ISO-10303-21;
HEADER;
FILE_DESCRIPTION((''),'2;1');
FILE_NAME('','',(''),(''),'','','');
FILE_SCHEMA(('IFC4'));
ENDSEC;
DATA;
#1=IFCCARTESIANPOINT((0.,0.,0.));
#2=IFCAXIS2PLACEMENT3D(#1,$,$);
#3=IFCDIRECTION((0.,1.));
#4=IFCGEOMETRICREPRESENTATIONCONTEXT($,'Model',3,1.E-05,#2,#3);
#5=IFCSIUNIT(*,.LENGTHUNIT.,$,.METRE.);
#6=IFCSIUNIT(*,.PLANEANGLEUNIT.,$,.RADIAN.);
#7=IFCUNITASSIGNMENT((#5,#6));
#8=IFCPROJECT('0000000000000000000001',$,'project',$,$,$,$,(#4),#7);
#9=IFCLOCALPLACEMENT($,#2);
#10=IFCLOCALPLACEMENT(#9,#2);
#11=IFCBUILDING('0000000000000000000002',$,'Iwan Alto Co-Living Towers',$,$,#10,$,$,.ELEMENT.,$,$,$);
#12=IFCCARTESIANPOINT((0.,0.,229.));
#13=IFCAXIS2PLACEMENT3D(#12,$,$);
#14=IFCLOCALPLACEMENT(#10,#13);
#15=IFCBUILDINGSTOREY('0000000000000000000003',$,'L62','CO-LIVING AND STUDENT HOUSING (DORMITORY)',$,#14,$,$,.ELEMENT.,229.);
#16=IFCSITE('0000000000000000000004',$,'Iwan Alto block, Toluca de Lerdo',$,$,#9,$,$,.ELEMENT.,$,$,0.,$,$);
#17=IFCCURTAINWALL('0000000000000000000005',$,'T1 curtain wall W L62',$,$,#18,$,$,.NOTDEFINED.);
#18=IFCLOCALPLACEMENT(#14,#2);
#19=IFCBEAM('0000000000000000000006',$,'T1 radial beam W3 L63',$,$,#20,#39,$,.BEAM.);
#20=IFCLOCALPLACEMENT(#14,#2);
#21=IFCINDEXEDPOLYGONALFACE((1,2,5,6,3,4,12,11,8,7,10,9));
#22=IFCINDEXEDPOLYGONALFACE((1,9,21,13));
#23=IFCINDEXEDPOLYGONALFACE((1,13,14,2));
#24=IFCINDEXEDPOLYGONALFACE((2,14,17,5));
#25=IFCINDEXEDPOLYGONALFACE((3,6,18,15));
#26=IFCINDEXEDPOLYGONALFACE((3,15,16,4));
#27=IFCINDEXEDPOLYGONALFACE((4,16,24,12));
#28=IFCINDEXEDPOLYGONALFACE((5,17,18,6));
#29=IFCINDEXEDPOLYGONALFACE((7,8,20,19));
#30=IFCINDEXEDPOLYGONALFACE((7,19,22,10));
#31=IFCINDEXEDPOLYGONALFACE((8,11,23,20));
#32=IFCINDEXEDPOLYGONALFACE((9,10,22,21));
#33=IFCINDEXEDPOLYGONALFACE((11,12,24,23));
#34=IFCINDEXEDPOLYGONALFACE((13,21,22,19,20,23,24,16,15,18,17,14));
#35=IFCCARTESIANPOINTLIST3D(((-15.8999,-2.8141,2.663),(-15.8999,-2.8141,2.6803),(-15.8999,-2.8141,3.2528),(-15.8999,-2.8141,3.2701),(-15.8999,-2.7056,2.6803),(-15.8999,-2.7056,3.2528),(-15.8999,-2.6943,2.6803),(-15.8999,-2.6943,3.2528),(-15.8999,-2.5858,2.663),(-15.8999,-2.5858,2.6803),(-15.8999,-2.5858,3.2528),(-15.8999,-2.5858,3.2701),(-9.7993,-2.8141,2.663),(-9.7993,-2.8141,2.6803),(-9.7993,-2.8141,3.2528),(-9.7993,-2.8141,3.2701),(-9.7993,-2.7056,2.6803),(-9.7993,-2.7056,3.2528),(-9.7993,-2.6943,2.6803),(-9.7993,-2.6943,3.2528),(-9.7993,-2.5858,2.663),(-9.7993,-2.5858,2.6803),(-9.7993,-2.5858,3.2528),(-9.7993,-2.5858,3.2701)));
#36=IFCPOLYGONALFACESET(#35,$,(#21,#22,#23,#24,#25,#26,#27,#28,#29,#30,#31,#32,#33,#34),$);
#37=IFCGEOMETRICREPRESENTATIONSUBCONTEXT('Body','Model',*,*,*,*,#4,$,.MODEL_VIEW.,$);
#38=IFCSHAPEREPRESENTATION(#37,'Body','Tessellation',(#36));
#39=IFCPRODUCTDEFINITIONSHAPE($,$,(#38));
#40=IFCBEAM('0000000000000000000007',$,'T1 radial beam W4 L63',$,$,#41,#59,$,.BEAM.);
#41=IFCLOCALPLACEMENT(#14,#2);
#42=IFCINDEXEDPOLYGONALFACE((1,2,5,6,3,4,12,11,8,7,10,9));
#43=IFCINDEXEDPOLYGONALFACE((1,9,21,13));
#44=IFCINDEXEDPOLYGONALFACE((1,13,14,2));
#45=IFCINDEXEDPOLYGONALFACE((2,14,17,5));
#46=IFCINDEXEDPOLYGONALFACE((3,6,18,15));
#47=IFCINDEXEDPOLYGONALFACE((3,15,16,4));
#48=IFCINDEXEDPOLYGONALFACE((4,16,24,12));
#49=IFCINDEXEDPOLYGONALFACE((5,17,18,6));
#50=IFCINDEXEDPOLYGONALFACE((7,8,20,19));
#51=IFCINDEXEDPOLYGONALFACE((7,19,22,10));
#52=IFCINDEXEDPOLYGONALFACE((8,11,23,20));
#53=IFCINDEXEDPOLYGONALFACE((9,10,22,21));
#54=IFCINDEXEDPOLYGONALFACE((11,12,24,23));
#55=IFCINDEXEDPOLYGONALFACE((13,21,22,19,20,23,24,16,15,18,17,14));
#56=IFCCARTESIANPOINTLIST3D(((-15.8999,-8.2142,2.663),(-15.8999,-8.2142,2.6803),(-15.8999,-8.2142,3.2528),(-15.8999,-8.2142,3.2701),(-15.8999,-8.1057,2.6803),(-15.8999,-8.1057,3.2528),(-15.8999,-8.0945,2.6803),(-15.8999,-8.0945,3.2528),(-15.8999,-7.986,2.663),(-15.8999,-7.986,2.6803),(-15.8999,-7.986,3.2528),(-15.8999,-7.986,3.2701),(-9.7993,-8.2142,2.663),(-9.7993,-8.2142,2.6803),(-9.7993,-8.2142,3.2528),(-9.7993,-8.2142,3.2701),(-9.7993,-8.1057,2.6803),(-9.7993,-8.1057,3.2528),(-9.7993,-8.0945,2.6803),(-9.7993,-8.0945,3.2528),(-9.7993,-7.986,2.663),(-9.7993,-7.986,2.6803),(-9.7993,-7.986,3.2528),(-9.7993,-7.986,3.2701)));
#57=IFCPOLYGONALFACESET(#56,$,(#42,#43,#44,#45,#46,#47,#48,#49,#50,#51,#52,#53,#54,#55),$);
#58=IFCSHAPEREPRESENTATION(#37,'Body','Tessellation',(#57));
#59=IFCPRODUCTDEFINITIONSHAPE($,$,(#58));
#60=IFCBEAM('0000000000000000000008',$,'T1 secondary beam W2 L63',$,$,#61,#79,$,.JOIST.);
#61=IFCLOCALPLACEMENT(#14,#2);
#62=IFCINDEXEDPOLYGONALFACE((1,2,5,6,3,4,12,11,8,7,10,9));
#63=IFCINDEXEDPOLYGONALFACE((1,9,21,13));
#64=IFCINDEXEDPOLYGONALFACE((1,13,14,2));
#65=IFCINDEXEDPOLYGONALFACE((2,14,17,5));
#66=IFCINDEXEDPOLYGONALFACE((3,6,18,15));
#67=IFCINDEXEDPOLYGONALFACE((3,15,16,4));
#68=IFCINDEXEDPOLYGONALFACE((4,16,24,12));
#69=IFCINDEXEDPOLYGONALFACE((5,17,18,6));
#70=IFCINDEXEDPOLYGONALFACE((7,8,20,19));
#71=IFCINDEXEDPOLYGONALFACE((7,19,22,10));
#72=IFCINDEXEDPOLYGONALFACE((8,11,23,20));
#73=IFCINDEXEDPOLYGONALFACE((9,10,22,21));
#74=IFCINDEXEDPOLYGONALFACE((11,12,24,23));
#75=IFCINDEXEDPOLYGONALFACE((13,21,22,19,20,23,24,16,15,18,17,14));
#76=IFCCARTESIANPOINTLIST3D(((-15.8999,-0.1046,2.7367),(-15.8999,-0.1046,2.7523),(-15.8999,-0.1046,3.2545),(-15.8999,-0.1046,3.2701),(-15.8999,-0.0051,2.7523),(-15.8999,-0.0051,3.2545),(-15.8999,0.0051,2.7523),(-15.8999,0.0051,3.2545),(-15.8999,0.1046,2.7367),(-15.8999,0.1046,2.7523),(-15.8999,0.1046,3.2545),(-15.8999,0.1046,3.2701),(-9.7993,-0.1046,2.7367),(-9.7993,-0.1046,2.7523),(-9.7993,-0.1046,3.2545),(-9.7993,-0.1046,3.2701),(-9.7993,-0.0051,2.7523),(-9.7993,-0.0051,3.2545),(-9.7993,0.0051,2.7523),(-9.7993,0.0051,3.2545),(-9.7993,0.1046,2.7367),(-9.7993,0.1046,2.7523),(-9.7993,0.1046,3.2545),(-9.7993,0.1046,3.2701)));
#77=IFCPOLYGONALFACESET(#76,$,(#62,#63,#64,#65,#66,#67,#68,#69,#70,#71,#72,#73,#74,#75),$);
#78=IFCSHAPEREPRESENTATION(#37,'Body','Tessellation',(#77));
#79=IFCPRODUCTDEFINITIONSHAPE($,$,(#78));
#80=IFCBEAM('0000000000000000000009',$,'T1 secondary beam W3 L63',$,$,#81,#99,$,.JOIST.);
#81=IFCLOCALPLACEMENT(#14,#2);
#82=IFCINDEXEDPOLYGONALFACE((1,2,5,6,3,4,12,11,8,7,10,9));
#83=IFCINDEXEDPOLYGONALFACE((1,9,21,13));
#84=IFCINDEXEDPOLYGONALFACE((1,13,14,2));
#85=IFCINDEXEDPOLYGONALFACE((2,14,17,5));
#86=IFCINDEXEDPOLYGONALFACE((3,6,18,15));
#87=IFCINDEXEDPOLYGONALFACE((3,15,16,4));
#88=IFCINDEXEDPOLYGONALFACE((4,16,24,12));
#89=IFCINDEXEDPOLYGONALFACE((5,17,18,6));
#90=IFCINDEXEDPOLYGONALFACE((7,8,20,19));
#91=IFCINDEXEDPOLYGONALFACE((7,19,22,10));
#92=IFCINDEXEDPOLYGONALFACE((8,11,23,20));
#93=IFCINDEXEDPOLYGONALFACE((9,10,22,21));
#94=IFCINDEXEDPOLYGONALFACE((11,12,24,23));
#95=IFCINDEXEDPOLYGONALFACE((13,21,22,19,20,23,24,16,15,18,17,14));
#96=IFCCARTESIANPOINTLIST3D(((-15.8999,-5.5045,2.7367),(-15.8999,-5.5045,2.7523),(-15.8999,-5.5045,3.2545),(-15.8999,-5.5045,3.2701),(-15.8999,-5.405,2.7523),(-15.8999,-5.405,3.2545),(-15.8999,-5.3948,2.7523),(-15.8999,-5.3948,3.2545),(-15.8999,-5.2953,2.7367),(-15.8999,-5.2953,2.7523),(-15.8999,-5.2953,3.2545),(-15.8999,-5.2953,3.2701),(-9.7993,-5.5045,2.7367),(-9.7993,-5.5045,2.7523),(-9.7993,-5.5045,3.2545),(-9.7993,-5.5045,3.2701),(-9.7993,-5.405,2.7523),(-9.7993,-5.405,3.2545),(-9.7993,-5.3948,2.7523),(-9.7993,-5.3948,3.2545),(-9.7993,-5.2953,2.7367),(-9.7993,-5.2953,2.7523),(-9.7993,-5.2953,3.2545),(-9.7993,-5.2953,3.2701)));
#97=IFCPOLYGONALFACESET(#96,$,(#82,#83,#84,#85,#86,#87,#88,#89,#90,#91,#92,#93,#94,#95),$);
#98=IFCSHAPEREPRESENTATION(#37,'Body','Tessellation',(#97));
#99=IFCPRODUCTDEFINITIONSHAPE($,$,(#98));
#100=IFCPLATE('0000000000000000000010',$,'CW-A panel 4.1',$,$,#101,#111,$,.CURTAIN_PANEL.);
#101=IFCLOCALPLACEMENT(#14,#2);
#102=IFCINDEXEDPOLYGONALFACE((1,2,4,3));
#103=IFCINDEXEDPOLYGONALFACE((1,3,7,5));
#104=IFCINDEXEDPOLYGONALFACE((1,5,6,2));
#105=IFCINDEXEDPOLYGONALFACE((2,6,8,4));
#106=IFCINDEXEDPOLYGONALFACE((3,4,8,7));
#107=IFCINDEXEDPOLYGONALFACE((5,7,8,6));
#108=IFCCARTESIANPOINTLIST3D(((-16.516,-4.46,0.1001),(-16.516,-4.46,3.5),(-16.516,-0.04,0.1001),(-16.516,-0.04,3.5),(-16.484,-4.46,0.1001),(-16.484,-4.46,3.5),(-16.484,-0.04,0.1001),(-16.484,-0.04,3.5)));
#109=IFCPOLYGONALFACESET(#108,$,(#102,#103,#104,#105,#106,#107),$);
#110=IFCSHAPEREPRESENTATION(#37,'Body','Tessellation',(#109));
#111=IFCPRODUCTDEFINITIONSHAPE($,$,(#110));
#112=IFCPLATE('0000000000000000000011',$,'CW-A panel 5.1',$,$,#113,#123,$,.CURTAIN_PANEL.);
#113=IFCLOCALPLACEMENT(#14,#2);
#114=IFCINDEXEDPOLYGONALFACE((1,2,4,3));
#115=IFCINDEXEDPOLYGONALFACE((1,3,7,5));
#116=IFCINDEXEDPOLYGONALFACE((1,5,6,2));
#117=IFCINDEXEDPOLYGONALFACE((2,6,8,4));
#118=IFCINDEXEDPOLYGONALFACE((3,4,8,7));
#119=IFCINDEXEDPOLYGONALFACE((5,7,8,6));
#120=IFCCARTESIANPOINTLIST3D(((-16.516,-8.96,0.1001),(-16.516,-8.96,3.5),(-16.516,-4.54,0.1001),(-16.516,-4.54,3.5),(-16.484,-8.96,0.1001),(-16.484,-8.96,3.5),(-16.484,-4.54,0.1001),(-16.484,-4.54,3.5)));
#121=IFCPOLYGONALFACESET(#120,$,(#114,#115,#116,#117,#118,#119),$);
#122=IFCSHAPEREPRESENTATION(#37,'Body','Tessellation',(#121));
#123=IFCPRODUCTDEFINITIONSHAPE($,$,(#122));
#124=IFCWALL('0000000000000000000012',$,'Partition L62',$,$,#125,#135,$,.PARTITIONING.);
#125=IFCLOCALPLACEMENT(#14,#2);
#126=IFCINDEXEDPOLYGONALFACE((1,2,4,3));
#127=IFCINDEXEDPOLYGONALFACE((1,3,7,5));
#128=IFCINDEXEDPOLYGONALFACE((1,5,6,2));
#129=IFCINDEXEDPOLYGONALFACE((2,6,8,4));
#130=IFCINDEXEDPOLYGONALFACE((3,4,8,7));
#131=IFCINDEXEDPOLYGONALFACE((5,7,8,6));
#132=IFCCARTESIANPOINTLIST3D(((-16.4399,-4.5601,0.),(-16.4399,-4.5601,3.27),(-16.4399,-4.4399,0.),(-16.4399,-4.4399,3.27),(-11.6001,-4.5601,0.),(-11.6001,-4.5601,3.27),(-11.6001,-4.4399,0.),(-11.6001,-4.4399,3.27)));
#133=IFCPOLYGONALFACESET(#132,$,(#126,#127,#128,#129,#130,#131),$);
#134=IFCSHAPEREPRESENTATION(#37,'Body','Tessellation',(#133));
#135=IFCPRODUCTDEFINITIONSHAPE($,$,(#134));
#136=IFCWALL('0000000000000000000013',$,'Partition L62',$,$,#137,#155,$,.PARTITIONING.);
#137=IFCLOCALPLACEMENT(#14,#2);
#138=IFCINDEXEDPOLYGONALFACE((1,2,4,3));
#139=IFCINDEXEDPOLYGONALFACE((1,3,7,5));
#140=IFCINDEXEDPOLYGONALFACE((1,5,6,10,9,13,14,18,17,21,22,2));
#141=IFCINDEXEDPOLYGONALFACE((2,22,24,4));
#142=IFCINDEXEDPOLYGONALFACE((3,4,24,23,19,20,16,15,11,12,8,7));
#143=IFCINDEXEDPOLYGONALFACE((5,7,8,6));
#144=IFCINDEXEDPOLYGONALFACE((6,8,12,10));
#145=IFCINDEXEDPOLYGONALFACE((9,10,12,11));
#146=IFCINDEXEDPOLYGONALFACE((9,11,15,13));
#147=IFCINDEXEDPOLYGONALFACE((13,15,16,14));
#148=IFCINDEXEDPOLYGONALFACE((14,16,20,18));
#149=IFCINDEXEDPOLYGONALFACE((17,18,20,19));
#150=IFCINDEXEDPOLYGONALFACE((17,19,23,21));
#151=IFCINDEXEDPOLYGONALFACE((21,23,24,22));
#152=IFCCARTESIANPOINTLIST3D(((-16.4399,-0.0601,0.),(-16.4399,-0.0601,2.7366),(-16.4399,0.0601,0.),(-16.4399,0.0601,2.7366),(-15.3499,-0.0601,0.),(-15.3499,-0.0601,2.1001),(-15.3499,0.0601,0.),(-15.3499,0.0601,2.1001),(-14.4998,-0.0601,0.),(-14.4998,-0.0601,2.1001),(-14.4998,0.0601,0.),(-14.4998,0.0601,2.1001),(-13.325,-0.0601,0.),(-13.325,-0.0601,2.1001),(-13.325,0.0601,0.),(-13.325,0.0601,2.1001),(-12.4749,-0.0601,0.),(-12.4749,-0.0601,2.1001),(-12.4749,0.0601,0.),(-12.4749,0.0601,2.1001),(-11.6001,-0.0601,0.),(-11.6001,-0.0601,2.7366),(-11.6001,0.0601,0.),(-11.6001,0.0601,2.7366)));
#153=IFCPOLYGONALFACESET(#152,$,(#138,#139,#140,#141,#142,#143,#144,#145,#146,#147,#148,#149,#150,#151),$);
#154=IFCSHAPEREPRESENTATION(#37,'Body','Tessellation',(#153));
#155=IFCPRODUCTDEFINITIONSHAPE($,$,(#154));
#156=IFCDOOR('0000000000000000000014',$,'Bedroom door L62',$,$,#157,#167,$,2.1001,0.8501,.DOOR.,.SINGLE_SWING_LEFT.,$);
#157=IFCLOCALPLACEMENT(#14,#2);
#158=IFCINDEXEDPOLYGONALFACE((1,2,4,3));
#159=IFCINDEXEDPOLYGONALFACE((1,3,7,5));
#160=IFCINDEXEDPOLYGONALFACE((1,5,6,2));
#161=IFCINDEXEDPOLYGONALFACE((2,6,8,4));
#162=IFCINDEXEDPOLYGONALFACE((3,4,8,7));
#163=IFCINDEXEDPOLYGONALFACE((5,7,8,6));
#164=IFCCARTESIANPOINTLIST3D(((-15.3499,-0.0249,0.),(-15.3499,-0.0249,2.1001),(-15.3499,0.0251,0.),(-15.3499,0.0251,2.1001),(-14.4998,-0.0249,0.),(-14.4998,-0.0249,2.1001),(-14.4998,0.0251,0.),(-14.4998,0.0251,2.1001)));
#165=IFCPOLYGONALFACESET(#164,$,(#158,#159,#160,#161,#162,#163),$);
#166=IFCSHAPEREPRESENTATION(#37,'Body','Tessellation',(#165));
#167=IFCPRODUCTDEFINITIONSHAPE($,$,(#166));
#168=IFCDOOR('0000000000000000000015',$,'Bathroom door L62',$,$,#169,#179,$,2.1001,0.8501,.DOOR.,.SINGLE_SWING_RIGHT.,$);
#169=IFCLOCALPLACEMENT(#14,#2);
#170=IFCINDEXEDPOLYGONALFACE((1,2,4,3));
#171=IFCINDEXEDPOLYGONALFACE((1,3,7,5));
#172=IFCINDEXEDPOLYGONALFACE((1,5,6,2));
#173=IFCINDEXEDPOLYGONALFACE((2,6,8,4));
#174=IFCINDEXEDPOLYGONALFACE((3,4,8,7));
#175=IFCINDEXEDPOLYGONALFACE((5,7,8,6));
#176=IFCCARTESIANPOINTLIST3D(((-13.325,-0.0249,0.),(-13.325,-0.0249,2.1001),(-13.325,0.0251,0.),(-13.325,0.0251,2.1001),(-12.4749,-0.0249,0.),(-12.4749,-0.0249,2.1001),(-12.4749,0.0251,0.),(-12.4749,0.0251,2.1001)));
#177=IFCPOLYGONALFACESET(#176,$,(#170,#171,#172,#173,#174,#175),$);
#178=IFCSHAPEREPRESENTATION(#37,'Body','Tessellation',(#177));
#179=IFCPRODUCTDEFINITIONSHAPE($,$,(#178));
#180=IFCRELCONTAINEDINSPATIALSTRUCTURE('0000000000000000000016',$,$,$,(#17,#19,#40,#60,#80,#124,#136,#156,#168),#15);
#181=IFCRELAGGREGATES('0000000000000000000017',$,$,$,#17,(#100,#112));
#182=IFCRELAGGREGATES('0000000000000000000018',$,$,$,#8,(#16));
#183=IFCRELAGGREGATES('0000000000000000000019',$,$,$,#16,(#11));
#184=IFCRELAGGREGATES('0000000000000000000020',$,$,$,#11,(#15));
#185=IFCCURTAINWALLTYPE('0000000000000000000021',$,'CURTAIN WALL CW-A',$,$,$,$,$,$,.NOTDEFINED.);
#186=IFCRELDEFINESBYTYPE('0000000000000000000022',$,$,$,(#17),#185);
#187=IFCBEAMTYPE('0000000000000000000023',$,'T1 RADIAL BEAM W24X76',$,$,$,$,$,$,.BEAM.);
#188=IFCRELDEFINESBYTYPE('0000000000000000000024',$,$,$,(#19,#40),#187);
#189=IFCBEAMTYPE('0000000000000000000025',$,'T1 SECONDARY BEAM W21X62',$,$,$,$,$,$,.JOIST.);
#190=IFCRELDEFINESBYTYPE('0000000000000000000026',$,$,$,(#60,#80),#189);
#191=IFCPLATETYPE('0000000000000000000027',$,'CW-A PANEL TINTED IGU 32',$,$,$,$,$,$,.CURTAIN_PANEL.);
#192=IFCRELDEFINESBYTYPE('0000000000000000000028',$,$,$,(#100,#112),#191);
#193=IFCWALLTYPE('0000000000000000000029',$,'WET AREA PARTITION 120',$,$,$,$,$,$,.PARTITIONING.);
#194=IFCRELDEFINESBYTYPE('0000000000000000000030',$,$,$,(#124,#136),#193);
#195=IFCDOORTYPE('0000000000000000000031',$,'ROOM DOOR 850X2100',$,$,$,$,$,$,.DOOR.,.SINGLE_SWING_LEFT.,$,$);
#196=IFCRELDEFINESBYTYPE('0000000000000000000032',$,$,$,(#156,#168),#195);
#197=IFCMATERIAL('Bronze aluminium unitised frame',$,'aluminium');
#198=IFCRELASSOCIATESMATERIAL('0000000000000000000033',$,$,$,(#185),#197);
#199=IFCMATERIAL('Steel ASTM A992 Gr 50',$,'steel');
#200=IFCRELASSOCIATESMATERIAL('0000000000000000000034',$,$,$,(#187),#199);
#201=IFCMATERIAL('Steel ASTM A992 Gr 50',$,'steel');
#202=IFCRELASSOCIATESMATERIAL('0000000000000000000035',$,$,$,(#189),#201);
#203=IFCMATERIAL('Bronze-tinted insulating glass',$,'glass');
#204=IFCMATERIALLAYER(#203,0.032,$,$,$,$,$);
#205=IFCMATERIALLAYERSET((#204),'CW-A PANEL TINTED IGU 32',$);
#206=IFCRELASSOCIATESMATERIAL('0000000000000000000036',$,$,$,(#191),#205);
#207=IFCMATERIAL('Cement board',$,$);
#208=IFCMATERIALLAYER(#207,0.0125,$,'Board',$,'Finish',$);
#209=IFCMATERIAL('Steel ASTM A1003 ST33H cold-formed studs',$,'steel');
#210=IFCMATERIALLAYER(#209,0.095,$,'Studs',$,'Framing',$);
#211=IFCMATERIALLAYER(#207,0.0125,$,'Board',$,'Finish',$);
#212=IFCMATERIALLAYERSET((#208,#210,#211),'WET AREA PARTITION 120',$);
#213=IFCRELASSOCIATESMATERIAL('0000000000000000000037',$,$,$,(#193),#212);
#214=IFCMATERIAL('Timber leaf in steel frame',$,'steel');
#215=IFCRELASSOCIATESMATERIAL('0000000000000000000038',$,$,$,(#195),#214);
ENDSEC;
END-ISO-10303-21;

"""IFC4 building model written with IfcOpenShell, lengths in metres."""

from ifc_helpers import new_model, si_unit, direction, frame, frame_2d, origin, origin_2d, place, context, subcontext, project, spatial, rectangle, i_section, extrude, material, layer, layer_set, material_profile, profile_set, type_object, element, fill, aggregate, save


model = new_model("IFC4")

# Units and contexts
model_context = context("Model", 3, precision=1e-05, world=origin(), true_north=direction((0.0, 1.0)))
body_context = subcontext(model_context, "Body", "Model", "MODEL_VIEW")
ifc_project = project(units=[si_unit("LENGTHUNIT", "METRE"), si_unit("PLANEANGLEUNIT", "RADIAN")], contexts=[model_context])

# Site, building, storey
site_placement = place(None, origin())
site = spatial("IfcSite", under=ifc_project, at=site_placement, Name="Iwan Alto block, Toluca de Lerdo", CompositionType="ELEMENT", RefElevation=0.0)
building_placement = place(site_placement, origin())
building = spatial("IfcBuilding", under=site, at=building_placement, Name="Iwan Alto Co-Living Towers", CompositionType="ELEMENT")
storey_placement = place(building_placement, frame((0.0, 0.0, 229.0)))
storey = spatial("IfcBuildingStorey", under=building, at=storey_placement, Name="L62", Description="CO-LIVING AND STUDENT HOUSING (DORMITORY)", CompositionType="ELEMENT", Elevation=229.0)

# Curtain wall
ifc_material_1 = material(Name="Bronze aluminium unitised frame", Category="aluminium")
curtain_wall_type = type_object("IfcCurtainWallType", Name="CURTAIN WALL CW-A", PredefinedType="NOTDEFINED", material=ifc_material_1)
curtain_wall_placement = place(storey_placement, origin())
curtain_wall = element("IfcCurtainWall", 1, at=curtain_wall_placement, inside=storey, type_object=curtain_wall_type, Name="T1 curtain wall W L62", PredefinedType="NOTDEFINED")

# Beams
ifc_material_2 = material(Name="Steel ASTM A992 Gr 50", Category="steel")
ifc_material_profile_1 = material_profile(ifc_material_2, i_section(OverallWidth=0.2283, OverallDepth=0.6072, WebThickness=0.0112, FlangeThickness=0.0173, at=origin_2d()), Name="W24X76")
ifc_profile_set_1 = profile_set([ifc_material_profile_1], Name="Steel ASTM A992 Gr 50")
beam_type_1 = type_object("IfcBeamType", Name="T1 RADIAL BEAM W24X76", PredefinedType="BEAM", material=ifc_profile_set_1)
for number, where, z_axis, x_axis, name in (
    (2, (-15.8999, -2.7, 2.9666), (1.0, 0.0, 0.0), (0.0, 1.0, 0.0), "T1 radial beam W3 L63"),
    (3, (-15.8999, -8.1001, 2.9666), (1.0, 0.0, 0.0), (0.0, 1.0, 0.0), "T1 radial beam W4 L63"),
):
    element("IfcBeam", number, at=place(storey_placement, frame(where, z_axis=z_axis, x_axis=x_axis)), inside=storey, type_object=beam_type_1, Name=name, PredefinedType="BEAM", context=body_context, shape_type="SweptSolid", body=[
        extrude(i_section(OverallWidth=0.2283, OverallDepth=0.6072, WebThickness=0.0112, FlangeThickness=0.0173, at=origin_2d()), origin(), (0.0, 0.0, 1.0), 6.1006),
    ])
ifc_material_3 = material(Name="Steel ASTM A992 Gr 50", Category="steel")
ifc_material_profile_2 = material_profile(ifc_material_3, i_section(OverallWidth=0.2092, OverallDepth=0.5334, WebThickness=0.0103, FlangeThickness=0.0156, at=origin_2d()), Name="W21X62")
ifc_profile_set_2 = profile_set([ifc_material_profile_2], Name="Steel ASTM A992 Gr 50")
beam_type_2 = type_object("IfcBeamType", Name="T1 SECONDARY BEAM W21X62", PredefinedType="JOIST", material=ifc_profile_set_2)
for number, where, z_axis, x_axis, name in (
    (4, (-15.8999, 0.0, 3.0034), (1.0, 0.0, 0.0), (0.0, 1.0, 0.0), "T1 secondary beam W2 L63"),
    (5, (-15.8999, -5.3999, 3.0034), (1.0, 0.0, 0.0), (0.0, 1.0, 0.0), "T1 secondary beam W3 L63"),
):
    element("IfcBeam", number, at=place(storey_placement, frame(where, z_axis=z_axis, x_axis=x_axis)), inside=storey, type_object=beam_type_2, Name=name, PredefinedType="JOIST", context=body_context, shape_type="SweptSolid", body=[
        extrude(i_section(OverallWidth=0.2092, OverallDepth=0.5334, WebThickness=0.0103, FlangeThickness=0.0156, at=origin_2d()), origin(), (0.0, 0.0, 1.0), 6.1006),
    ])

# Plates
ifc_material_4 = material(Name="Bronze-tinted insulating glass", Category="glass")
ifc_layer_1 = layer(ifc_material_4, 0.032)
ifc_layer_set_1 = layer_set([ifc_layer_1], Name="CW-A PANEL TINTED IGU 32")
plate_type = type_object("IfcPlateType", Name="CW-A PANEL TINTED IGU 32", PredefinedType="CURTAIN_PANEL", material=ifc_layer_set_1)
plate_1_placement = place(storey_placement, frame((-16.5, -2.25, 0.1001), z_axis=(0.0, 0.0, 1.0), x_axis=(0.0, -1.0, 0.0)))
plate_1 = element("IfcPlate", 6, at=plate_1_placement, type_object=plate_type, Name="CW-A panel 4.1", PredefinedType="CURTAIN_PANEL", context=body_context, shape_type="SweptSolid", body=[
    extrude(rectangle(XDim=4.4199, YDim=0.032, at=origin_2d()), origin(), (0.0, 0.0, 1.0), 3.3999),
])
plate_2_placement = place(storey_placement, frame((-16.5, -6.75, 0.1001), z_axis=(0.0, 0.0, 1.0), x_axis=(0.0, -1.0, 0.0)))
plate_2 = element("IfcPlate", 7, at=plate_2_placement, type_object=plate_type, Name="CW-A panel 5.1", PredefinedType="CURTAIN_PANEL", context=body_context, shape_type="SweptSolid", body=[
    extrude(rectangle(XDim=4.4199, YDim=0.032, at=origin_2d()), origin(), (0.0, 0.0, 1.0), 3.3999),
])
aggregate(curtain_wall, [plate_1, plate_2])

# Wall
ifc_material_5 = material(Name="Cement board")
ifc_layer_2 = layer(ifc_material_5, 0.0125, Name="Board", Category="Finish")
ifc_material_6 = material(Name="Steel ASTM A1003 ST33H cold-formed studs", Category="steel")
ifc_layer_3 = layer(ifc_material_6, 0.095, Name="Studs", Category="Framing")
ifc_layer_4 = layer(ifc_material_5, 0.0125, Name="Board", Category="Finish")
ifc_layer_set_2 = layer_set([ifc_layer_2, ifc_layer_3, ifc_layer_4], Name="WET AREA PARTITION 120")
wall_type = type_object("IfcWallType", Name="WET AREA PARTITION 120", PredefinedType="PARTITIONING", material=ifc_layer_set_2)
wall_1_placement = place(storey_placement, frame((-16.4399, -4.5, 0.0), z_axis=(0.0, 0.0, 1.0), x_axis=(1.0, 0.0, 0.0)))
element("IfcWall", 8, at=wall_1_placement, inside=storey, type_object=wall_type, Name="Partition L62", PredefinedType="PARTITIONING", context=body_context, shape_type="SweptSolid", body=[
    extrude(rectangle(XDim=4.8398, YDim=0.1201, at=frame_2d((2.4199, 0.0))), origin(), (0.0, 0.0, 1.0), 3.27),
])

# Wall, openings, doors
wall_2_placement = place(storey_placement, frame((-16.4399, 0.0, 0.0), z_axis=(0.0, 0.0, 1.0), x_axis=(1.0, 0.0, 0.0)))
wall_2 = element("IfcWall", 9, at=wall_2_placement, inside=storey, type_object=wall_type, Name="Partition L62", PredefinedType="PARTITIONING", context=body_context, shape_type="SweptSolid", body=[
    extrude(rectangle(XDim=4.8398, YDim=0.1201, at=frame_2d((2.4199, 0.0))), origin(), (0.0, 0.0, 1.0), 2.7366),
])
opening_1_placement = place(wall_2_placement, frame((1.0901, 0.0, 0.0)))
opening_1 = element("IfcOpeningElement", 10, at=opening_1_placement, cuts=wall_2, PredefinedType="OPENING", context=body_context, shape_type="SweptSolid", body=[
    extrude(rectangle(XDim=0.8501, YDim=2.1001, at=frame_2d((0.425, 1.05))), frame((0.0, 0.0701, 0.0), z_axis=(0.0, -1.0, 0.0), x_axis=(1.0, 0.0, 0.0)), (0.0, 0.0, 1.0), 0.1401),
])
opening_2_placement = place(wall_2_placement, frame((3.115, 0.0, 0.0)))
opening_2 = element("IfcOpeningElement", 11, at=opening_2_placement, cuts=wall_2, PredefinedType="OPENING", context=body_context, shape_type="SweptSolid", body=[
    extrude(rectangle(XDim=0.8501, YDim=2.1001, at=frame_2d((0.425, 1.05))), frame((0.0, 0.0701, 0.0), z_axis=(0.0, -1.0, 0.0), x_axis=(1.0, 0.0, 0.0)), (0.0, 0.0, 1.0), 0.1401),
])
ifc_material_7 = material(Name="Timber leaf in steel frame", Category="steel")
door_type = type_object("IfcDoorType", Name="ROOM DOOR 850X2100", OperationType="SINGLE_SWING_LEFT", PredefinedType="DOOR", material=ifc_material_7)
door_1_placement = place(opening_1_placement, frame((0.8501, 0.0, 0.0), z_axis=(0.0, 0.0, 1.0), x_axis=(-1.0, 0.0, 0.0)))
door_1 = element("IfcDoor", 12, at=door_1_placement, inside=storey, type_object=door_type, Name="Bedroom door L62", OperationType="SINGLE_SWING_LEFT", OverallHeight=2.1001, OverallWidth=0.8501, PredefinedType="DOOR", context=body_context, shape_type="SweptSolid", body=[
    extrude(rectangle(XDim=0.8501, YDim=2.1001, at=frame_2d((0.425, 1.05))), frame((0.0, 0.0249, 0.0), z_axis=(0.0, -1.0, 0.0), x_axis=(1.0, 0.0, 0.0)), (0.0, 0.0, 1.0), 0.05),
])
fill(opening_1, door_1)
door_2_placement = place(opening_2_placement, frame((0.8501, 0.0, 0.0), z_axis=(0.0, 0.0, 1.0), x_axis=(-1.0, 0.0, 0.0)))
door_2 = element("IfcDoor", 13, at=door_2_placement, inside=storey, type_object=door_type, Name="Bathroom door L62", OperationType="SINGLE_SWING_RIGHT", OverallHeight=2.1001, OverallWidth=0.8501, PredefinedType="DOOR", context=body_context, shape_type="SweptSolid", body=[
    extrude(rectangle(XDim=0.8501, YDim=2.1001, at=frame_2d((0.425, 1.05))), frame((0.0, 0.0249, 0.0), z_axis=(0.0, -1.0, 0.0), x_axis=(1.0, 0.0, 0.0)), (0.0, 0.0, 1.0), 0.05),
])
fill(opening_2, door_2)

save(model, "model.ifc")
